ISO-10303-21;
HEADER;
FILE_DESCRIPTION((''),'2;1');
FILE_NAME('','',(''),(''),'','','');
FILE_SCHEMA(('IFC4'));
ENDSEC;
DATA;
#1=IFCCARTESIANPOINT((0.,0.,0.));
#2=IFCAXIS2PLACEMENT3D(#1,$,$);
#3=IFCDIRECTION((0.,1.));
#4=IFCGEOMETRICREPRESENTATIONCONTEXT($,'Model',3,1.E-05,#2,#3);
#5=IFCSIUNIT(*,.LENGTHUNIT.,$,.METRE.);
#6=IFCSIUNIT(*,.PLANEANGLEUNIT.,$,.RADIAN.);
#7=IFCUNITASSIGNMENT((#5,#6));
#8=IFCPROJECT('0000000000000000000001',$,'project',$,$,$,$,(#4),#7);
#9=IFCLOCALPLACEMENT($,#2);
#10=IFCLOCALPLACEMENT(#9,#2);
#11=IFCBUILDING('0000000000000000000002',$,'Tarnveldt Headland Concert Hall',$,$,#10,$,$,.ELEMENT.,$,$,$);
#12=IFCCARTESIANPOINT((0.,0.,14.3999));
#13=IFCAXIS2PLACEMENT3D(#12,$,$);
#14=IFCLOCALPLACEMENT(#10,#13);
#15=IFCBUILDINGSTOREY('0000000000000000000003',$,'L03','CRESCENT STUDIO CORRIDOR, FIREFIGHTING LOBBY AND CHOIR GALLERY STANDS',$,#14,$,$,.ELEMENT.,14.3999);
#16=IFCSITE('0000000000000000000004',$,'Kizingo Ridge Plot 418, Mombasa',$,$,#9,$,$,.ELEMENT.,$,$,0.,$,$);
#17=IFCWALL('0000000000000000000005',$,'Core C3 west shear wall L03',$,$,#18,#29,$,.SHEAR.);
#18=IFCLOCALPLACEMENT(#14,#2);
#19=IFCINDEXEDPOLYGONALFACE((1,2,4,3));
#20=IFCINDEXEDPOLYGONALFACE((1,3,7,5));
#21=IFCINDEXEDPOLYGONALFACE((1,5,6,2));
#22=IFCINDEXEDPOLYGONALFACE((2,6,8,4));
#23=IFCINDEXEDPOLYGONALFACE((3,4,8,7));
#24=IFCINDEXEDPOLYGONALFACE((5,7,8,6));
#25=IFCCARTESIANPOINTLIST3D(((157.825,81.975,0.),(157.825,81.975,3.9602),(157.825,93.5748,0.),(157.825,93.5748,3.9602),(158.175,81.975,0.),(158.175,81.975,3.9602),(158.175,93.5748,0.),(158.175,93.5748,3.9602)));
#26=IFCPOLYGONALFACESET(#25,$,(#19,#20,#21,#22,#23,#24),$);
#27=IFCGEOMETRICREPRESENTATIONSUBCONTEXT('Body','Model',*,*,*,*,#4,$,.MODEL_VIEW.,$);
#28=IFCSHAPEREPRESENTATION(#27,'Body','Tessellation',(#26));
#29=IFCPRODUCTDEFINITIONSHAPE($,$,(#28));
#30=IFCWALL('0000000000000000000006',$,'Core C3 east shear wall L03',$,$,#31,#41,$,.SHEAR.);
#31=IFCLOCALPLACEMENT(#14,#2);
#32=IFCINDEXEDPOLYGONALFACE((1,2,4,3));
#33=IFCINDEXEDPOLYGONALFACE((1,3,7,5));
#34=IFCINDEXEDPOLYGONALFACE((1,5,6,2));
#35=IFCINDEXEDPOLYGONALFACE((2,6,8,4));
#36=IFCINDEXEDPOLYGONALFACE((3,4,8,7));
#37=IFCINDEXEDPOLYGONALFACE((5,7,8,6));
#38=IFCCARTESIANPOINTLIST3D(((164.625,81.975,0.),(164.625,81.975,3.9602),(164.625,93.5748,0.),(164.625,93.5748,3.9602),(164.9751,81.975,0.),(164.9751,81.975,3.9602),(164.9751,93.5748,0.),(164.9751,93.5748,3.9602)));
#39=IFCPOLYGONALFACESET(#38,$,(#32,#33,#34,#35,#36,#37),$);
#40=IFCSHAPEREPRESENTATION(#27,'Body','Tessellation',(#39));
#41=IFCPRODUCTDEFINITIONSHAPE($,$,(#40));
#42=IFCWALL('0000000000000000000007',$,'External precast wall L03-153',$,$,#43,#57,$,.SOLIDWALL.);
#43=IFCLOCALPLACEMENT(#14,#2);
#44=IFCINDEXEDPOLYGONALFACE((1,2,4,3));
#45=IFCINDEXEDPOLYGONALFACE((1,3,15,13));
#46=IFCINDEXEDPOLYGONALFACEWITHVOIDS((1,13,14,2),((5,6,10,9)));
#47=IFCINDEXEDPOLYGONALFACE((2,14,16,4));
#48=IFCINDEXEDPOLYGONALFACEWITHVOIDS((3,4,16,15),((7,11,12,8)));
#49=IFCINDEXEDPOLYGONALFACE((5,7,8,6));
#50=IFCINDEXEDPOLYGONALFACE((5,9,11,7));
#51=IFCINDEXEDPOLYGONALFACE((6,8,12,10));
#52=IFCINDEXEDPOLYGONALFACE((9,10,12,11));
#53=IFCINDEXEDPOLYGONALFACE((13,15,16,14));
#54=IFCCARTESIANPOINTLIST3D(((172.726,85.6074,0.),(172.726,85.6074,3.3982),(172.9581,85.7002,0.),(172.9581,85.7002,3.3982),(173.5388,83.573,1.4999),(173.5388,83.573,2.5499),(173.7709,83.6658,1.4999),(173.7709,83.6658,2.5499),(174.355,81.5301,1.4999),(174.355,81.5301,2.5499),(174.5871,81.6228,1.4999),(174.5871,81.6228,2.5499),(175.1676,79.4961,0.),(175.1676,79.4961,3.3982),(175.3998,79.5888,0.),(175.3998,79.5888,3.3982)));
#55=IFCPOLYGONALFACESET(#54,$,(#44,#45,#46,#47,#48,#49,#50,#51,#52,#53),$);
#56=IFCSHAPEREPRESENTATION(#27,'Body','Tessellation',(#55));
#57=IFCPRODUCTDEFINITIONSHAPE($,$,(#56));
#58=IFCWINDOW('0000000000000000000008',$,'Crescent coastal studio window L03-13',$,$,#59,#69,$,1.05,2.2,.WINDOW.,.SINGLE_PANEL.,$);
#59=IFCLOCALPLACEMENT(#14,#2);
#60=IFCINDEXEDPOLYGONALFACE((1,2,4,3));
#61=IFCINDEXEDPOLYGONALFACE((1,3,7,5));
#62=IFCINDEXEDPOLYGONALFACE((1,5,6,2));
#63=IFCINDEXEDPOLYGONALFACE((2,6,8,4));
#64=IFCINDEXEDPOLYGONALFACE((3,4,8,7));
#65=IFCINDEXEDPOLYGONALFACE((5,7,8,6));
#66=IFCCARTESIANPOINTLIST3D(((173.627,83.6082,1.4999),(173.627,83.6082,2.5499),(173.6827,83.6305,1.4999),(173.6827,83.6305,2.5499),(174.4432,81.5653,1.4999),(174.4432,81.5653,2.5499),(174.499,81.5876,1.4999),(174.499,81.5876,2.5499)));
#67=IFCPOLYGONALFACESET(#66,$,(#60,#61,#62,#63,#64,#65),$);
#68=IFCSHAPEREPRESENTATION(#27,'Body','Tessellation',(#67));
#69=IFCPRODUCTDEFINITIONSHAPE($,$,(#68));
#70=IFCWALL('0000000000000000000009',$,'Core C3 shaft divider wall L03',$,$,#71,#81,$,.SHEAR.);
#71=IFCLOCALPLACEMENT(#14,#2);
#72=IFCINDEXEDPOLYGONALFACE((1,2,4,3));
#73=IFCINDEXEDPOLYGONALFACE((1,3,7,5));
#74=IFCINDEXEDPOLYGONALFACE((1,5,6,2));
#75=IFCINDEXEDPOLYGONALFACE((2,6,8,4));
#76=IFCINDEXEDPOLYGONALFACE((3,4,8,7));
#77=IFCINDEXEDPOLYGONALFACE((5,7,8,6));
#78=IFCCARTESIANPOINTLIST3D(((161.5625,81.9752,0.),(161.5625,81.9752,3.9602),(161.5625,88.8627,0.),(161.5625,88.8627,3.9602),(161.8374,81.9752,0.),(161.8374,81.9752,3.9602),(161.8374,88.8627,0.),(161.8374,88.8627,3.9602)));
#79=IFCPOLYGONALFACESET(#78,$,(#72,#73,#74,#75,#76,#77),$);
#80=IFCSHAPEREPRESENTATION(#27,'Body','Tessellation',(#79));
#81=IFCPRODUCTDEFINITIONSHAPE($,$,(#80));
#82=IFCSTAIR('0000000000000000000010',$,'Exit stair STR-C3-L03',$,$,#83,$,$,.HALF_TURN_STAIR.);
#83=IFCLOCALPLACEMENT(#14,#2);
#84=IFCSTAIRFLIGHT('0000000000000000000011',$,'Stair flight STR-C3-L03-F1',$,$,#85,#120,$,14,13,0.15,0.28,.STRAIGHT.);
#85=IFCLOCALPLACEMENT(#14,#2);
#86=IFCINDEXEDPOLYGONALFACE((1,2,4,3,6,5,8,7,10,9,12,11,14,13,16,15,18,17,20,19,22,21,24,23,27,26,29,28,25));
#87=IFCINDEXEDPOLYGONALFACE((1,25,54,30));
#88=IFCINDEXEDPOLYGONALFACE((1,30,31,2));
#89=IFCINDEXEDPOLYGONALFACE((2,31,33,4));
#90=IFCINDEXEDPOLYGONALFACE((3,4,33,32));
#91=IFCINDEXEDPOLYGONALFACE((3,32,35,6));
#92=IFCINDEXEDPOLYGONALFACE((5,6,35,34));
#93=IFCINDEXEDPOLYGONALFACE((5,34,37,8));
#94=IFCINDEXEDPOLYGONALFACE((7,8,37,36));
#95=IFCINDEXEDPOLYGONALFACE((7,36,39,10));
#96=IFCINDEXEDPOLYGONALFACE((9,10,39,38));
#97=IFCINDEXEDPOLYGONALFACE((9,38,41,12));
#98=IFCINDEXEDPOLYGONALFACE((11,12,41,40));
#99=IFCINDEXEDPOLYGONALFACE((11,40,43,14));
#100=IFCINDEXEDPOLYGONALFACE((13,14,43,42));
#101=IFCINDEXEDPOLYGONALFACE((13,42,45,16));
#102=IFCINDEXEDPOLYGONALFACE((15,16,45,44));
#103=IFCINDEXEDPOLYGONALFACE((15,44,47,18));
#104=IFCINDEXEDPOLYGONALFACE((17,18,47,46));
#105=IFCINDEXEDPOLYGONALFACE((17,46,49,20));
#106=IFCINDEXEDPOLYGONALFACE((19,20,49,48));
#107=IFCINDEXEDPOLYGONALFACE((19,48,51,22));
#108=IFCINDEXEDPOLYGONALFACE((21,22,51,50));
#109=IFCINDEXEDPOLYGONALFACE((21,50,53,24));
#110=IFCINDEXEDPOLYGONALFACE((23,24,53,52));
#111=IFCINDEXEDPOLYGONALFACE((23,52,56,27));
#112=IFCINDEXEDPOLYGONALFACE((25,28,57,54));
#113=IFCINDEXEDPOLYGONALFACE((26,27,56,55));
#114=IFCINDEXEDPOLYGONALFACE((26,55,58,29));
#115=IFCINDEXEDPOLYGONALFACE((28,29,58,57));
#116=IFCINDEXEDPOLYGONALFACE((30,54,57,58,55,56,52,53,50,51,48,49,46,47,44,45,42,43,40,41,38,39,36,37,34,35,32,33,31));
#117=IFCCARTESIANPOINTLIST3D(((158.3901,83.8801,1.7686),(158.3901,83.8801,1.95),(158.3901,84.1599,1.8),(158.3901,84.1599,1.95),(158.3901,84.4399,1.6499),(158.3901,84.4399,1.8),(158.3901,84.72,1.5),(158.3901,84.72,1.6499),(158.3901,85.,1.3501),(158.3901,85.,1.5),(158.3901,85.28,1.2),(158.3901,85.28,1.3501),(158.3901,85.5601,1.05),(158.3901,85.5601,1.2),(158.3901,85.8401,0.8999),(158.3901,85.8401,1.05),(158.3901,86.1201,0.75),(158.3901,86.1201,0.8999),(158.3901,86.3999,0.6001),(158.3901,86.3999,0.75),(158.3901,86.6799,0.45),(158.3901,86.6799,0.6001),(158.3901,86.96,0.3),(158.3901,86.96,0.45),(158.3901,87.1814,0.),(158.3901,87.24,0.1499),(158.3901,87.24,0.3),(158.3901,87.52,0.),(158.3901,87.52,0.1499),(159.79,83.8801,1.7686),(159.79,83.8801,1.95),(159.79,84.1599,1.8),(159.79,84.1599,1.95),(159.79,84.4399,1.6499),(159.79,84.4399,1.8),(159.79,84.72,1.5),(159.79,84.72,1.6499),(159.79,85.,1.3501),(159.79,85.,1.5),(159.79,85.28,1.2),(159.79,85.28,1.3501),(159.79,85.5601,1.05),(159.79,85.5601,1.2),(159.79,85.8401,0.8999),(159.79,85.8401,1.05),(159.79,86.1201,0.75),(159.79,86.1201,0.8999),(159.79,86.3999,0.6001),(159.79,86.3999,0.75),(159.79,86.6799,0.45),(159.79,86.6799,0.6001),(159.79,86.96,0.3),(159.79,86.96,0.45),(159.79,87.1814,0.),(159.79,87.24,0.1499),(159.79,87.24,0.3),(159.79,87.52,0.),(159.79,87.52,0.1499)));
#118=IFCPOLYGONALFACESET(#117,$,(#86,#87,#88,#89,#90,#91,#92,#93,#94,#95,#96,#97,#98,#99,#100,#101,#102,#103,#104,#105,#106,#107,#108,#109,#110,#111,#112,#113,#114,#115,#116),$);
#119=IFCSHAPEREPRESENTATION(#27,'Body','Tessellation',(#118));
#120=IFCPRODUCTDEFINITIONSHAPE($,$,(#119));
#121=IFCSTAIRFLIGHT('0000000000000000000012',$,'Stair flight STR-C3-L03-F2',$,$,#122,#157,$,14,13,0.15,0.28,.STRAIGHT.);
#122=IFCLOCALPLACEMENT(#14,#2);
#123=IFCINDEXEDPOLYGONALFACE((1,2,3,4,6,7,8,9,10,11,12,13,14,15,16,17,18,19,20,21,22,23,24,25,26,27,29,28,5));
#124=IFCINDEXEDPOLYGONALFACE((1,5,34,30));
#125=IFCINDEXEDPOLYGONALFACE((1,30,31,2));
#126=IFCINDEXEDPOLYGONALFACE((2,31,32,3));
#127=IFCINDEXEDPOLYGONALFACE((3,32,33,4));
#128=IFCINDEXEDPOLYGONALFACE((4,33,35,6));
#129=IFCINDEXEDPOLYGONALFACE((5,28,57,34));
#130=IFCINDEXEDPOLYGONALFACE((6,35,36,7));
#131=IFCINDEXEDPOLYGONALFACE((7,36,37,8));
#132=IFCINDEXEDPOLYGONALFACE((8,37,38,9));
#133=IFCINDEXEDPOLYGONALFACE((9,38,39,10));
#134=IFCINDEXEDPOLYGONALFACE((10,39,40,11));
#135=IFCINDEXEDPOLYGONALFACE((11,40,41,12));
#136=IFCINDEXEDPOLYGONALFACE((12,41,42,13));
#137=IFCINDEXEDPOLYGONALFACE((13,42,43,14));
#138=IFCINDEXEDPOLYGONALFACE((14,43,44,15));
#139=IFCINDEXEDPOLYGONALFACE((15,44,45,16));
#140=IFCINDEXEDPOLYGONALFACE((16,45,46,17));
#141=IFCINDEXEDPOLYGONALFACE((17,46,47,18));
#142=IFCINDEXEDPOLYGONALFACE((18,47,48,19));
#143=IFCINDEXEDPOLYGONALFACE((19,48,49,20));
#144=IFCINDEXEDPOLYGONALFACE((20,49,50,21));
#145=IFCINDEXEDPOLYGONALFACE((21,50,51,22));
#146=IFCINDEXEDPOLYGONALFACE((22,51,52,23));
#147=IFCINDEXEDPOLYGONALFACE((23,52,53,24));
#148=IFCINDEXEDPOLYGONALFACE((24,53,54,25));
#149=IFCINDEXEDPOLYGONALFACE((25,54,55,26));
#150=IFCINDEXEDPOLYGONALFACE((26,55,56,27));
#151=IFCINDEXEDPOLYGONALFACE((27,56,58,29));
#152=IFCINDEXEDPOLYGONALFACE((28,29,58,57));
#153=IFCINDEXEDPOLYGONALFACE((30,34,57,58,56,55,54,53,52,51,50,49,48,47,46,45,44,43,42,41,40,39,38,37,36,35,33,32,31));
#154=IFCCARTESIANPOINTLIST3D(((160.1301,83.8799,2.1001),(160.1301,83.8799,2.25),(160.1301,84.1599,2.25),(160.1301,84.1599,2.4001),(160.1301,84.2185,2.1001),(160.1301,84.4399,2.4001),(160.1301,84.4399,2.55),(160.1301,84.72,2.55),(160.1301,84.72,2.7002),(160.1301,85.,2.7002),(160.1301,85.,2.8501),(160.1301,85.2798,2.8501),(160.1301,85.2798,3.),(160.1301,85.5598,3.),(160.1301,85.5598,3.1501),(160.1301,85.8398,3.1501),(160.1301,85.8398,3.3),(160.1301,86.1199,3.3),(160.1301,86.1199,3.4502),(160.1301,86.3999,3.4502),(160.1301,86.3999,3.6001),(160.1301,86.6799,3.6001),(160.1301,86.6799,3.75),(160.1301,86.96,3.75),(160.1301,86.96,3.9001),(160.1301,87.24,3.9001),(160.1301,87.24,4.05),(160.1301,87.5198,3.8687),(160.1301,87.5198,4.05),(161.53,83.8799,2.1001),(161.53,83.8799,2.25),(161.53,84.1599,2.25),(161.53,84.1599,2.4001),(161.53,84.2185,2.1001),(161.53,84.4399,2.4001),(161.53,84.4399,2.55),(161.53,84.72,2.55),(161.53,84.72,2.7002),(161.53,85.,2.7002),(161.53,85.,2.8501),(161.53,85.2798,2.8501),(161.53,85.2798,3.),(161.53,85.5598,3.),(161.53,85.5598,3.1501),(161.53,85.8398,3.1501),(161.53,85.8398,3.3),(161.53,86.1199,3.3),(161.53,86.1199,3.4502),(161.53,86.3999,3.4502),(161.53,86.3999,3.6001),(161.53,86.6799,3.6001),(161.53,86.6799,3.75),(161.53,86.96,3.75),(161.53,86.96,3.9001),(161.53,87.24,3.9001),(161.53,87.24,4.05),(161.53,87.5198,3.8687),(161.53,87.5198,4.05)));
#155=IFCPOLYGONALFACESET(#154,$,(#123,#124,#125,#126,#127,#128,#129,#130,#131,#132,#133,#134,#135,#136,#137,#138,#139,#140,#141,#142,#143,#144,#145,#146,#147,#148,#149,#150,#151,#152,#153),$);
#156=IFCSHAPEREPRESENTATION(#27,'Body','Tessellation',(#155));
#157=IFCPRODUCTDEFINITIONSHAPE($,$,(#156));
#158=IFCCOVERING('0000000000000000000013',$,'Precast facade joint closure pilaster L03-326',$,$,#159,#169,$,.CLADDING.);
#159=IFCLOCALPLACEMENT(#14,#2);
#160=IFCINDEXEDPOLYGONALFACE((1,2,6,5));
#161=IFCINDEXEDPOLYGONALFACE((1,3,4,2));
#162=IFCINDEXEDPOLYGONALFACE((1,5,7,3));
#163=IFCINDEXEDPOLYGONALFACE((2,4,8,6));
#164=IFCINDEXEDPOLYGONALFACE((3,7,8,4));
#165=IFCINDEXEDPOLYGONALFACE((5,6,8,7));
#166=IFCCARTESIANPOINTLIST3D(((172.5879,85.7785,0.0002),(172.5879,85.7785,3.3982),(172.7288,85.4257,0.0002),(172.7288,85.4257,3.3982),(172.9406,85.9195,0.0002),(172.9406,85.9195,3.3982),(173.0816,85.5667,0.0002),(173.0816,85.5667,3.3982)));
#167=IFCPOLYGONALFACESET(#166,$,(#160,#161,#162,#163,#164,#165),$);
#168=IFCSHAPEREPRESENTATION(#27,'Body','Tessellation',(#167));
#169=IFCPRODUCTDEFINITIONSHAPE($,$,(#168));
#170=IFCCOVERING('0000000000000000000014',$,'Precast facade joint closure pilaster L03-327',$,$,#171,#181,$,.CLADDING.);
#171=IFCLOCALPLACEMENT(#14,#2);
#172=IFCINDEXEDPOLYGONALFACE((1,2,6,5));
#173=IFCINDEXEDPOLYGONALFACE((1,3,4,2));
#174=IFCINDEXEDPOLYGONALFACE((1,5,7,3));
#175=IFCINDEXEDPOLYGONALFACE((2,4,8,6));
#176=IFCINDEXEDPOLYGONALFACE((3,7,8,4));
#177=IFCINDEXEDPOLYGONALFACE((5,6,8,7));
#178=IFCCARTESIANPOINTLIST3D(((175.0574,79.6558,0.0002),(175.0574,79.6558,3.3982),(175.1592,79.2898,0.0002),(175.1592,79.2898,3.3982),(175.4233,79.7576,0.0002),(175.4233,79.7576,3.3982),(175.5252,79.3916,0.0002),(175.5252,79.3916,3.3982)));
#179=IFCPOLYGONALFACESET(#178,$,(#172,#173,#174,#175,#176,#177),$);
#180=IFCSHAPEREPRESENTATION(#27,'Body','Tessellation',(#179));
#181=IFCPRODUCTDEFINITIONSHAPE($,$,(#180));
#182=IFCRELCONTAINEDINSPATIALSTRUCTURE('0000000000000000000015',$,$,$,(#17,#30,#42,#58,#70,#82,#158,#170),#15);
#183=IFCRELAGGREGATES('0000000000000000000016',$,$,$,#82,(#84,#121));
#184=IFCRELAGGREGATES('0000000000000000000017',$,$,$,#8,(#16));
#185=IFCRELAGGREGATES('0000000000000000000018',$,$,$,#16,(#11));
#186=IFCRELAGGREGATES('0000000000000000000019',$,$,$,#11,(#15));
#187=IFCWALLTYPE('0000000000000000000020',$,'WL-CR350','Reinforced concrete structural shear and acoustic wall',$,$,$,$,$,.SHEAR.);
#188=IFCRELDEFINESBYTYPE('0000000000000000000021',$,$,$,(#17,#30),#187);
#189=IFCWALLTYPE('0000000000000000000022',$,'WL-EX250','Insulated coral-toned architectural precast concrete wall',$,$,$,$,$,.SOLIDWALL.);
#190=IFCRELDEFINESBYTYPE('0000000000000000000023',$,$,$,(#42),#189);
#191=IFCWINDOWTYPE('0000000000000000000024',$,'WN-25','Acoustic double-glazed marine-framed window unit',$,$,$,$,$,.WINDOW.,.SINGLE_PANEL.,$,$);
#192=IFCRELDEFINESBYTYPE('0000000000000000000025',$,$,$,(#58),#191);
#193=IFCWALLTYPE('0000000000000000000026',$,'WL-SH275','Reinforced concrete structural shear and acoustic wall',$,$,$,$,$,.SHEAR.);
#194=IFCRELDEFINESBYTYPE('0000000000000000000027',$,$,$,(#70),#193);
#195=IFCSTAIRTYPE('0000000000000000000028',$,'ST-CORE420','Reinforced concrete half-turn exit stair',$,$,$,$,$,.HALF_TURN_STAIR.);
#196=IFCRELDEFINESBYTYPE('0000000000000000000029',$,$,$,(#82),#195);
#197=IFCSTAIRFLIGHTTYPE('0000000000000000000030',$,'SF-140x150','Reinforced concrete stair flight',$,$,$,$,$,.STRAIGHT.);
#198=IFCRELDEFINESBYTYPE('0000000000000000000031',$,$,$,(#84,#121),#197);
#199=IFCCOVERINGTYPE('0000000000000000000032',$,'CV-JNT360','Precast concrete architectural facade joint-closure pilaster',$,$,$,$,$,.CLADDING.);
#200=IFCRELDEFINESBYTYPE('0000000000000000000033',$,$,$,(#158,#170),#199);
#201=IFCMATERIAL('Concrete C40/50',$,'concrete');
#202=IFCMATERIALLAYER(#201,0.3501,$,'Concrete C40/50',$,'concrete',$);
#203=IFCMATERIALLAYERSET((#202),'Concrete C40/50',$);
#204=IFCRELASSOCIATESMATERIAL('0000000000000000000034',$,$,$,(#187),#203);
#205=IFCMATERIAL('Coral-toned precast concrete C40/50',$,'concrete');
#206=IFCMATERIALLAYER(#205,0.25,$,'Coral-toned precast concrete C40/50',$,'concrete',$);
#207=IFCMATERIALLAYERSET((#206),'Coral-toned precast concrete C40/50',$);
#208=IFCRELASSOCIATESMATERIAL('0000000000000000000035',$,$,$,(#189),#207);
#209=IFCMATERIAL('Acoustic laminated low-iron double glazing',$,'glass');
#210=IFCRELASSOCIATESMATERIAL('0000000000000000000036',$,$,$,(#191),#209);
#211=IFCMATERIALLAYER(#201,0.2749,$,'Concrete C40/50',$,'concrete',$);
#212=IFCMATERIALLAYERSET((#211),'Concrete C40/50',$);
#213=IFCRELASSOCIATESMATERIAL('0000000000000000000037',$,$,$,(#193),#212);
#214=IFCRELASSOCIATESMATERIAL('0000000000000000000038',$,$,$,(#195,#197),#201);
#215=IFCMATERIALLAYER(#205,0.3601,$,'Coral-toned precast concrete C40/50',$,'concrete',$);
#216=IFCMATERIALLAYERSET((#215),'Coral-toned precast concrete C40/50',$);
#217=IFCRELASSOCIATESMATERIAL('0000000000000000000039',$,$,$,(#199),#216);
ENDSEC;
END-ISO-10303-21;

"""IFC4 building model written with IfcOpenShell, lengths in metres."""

from ifc_helpers import new_model, si_unit, direction, frame, frame_2d, origin, origin_2d, place, context, subcontext, project, spatial, polyline, rectangle, outline, extrude, material, layer, layer_set, type_object, element, fill, aggregate, save


model = new_model("IFC4")

# Units and contexts
model_context = context("Model", 3, precision=1e-05, world=origin(), true_north=direction((0.0, 1.0)))
body_context = subcontext(model_context, "Body", "Model", "MODEL_VIEW")
ifc_project = project(units=[si_unit("LENGTHUNIT", "METRE"), si_unit("PLANEANGLEUNIT", "RADIAN")], contexts=[model_context])

# Site, building, storey
site_placement = place(None, origin())
site = spatial("IfcSite", under=ifc_project, at=site_placement, Name="Kizingo Ridge Plot 418, Mombasa", CompositionType="ELEMENT", RefElevation=0.0)
building_placement = place(site_placement, origin())
building = spatial("IfcBuilding", under=site, at=building_placement, Name="Tarnveldt Headland Concert Hall", CompositionType="ELEMENT")
storey_placement = place(building_placement, frame((0.0, 0.0, 14.3999)))
storey = spatial("IfcBuildingStorey", under=building, at=storey_placement, Name="L03", Description="CRESCENT STUDIO CORRIDOR, FIREFIGHTING LOBBY AND CHOIR GALLERY STANDS", CompositionType="ELEMENT", Elevation=14.3999)

# Shared definitions
ifc_material_1 = material(Name="Acoustic laminated low-iron double glazing", Category="glass")

# Walls
ifc_material_2 = material(Name="Concrete C40/50", Category="concrete")
ifc_layer_1 = layer(ifc_material_2, 0.3501, Name="Concrete C40/50", Category="concrete")
ifc_layer_set_1 = layer_set([ifc_layer_1], Name="Concrete C40/50")
wall_type_1 = type_object("IfcWallType", Name="WL-CR350", Description="Reinforced concrete structural shear and acoustic wall", PredefinedType="SHEAR", material=ifc_layer_set_1)
for number, where, z_axis, x_axis, name in (
    (1, (158.0, 81.9751, 0.0), (0.0, 0.0, 1.0), (0.0, 1.0, 0.0), "Core C3 west shear wall L03"),
    (2, (164.8, 81.9751, 0.0), (0.0, 0.0, 1.0), (0.0, 1.0, 0.0), "Core C3 east shear wall L03"),
):
    element("IfcWall", number, at=place(storey_placement, frame(where, z_axis=z_axis, x_axis=x_axis)), inside=storey, type_object=wall_type_1, Name=name, PredefinedType="SHEAR", context=body_context, shape_type="SweptSolid", body=[
        extrude(rectangle(XDim=11.5999, YDim=0.3501, at=frame_2d((5.7998, 0.0))), origin(), (0.0, 0.0, 1.0), 3.9602),
    ])

# Wall, opening, window
ifc_material_3 = material(Name="Coral-toned precast concrete C40/50", Category="concrete")
ifc_layer_2 = layer(ifc_material_3, 0.25, Name="Coral-toned precast concrete C40/50", Category="concrete")
ifc_layer_set_2 = layer_set([ifc_layer_2], Name="Coral-toned precast concrete C40/50")
wall_type_2 = type_object("IfcWallType", Name="WL-EX250", Description="Insulated coral-toned architectural precast concrete wall", PredefinedType="SOLIDWALL", material=ifc_layer_set_2)
wall_1_placement = place(storey_placement, frame((172.842, 85.6538, 0.0), z_axis=(0.0, 0.0, 1.0), x_axis=(0.371013, -0.928628, 0.0)))
wall_1 = element("IfcWall", 3, at=wall_1_placement, inside=storey, type_object=wall_type_2, Name="External precast wall L03-153", PredefinedType="SOLIDWALL", context=body_context, shape_type="SweptSolid", body=[
    extrude(rectangle(XDim=6.5811, YDim=0.25, at=frame_2d((3.2905, 0.0))), origin(), (0.0, 0.0, 1.0), 3.3982),
])
opening_1_placement = place(wall_1_placement, frame((2.1907, 0.0, 1.5)))
opening_1 = element("IfcOpeningElement", 4, at=opening_1_placement, cuts=wall_1, PredefinedType="OPENING", context=body_context, shape_type="SweptSolid", body=[
    extrude(rectangle(XDim=2.2, YDim=1.05, at=frame_2d((1.1001, 0.5249))), frame((0.0, 0.135, 0.0), z_axis=(0.0, -1.0, 0.0), x_axis=(1.0, 0.0, 0.0)), (0.0, 0.0, 1.0), 0.27),
])
window_type = type_object("IfcWindowType", Name="WN-25", Description="Acoustic double-glazed marine-framed window unit", PartitioningType="SINGLE_PANEL", PredefinedType="WINDOW", material=ifc_material_1)
window_placement = place(opening_1_placement, origin())
window = element("IfcWindow", 5, at=window_placement, inside=storey, type_object=window_type, Name="Crescent coastal studio window L03-13", OverallHeight=1.05, OverallWidth=2.2, PartitioningType="SINGLE_PANEL", PredefinedType="WINDOW", context=body_context, shape_type="SweptSolid", body=[
    extrude(rectangle(XDim=2.2, YDim=1.05, at=frame_2d((1.1001, 0.5249))), frame((0.0, 0.03, 0.0), z_axis=(0.0, -1.0, 0.0), x_axis=(1.0, 0.0, 0.0)), (0.0, 0.0, 1.0), 0.0601),
])
fill(opening_1, window)

# Wall
ifc_layer_3 = layer(ifc_material_2, 0.2749, Name="Concrete C40/50", Category="concrete")
ifc_layer_set_3 = layer_set([ifc_layer_3], Name="Concrete C40/50")
wall_type_3 = type_object("IfcWallType", Name="WL-SH275", Description="Reinforced concrete structural shear and acoustic wall", PredefinedType="SHEAR", material=ifc_layer_set_3)
wall_2_placement = place(storey_placement, frame((161.7, 81.9751, 0.0), z_axis=(0.0, 0.0, 1.0), x_axis=(0.0, 1.0, 0.0)))
element("IfcWall", 6, at=wall_2_placement, inside=storey, type_object=wall_type_3, Name="Core C3 shaft divider wall L03", PredefinedType="SHEAR", context=body_context, shape_type="SweptSolid", body=[
    extrude(rectangle(XDim=6.8875, YDim=0.2749, at=frame_2d((3.4438, 0.0))), origin(), (0.0, 0.0, 1.0), 3.9602),
])

# Stair, stair flights
stair_type = type_object("IfcStairType", Name="ST-CORE420", Description="Reinforced concrete half-turn exit stair", PredefinedType="HALF_TURN_STAIR", material=ifc_material_2)
stair_placement = place(storey_placement, origin())
stair = element("IfcStair", 7, at=stair_placement, inside=storey, type_object=stair_type, Name="Exit stair STR-C3-L03", PredefinedType="HALF_TURN_STAIR")
stair_flight_type = type_object("IfcStairFlightType", Name="SF-140x150", Description="Reinforced concrete stair flight", PredefinedType="STRAIGHT", material=ifc_material_2)
stair_flight_1_placement = place(storey_placement, frame((159.0901, 87.52, 0.0), z_axis=(0.0, 0.0, 1.0), x_axis=(0.0, -1.0, 0.0)))
stair_flight_1 = element("IfcStairFlight", 8, at=stair_flight_1_placement, type_object=stair_flight_type, Name="Stair flight STR-C3-L03-F1", NumberOfRisers=14, NumberOfTreads=13, PredefinedType="STRAIGHT", RiserHeight=0.15, TreadLength=0.28, context=body_context, shape_type="SweptSolid", body=[
    extrude(outline(polyline([(0.0, 0.0), (0.0, 0.1499), (0.28, 0.1499), (0.28, 0.3), (0.5601, 0.3), (0.5601, 0.45), (0.8401, 0.45), (0.8401, 0.6001), (1.1201, 0.6001), (1.1201, 0.75), (1.3999, 0.75), (1.3999, 0.8999), (1.6799, 0.8999), (1.6799, 1.05), (1.96, 1.05), (1.96, 1.2), (2.24, 1.2), (2.24, 1.3501), (2.52, 1.3501), (2.52, 1.5), (2.8, 1.5), (2.8, 1.6499), (3.0801, 1.6499), (3.0801, 1.8), (3.3601, 1.8), (3.3601, 1.95), (3.6399, 1.95), (3.6399, 2.1001), (3.6399, 1.7686), (0.3386, 0.0), (0.0, 0.0)])), frame((0.0, 0.7, 0.0), z_axis=(0.0, -1.0, 0.0), x_axis=(1.0, 0.0, 0.0)), (0.0, 0.0, 1.0), 1.3999),
])
stair_flight_2_placement = place(storey_placement, frame((160.8301, 83.8799, 2.1001), z_axis=(0.0, 0.0, 1.0), x_axis=(0.0, 1.0, 0.0)))
stair_flight_2 = element("IfcStairFlight", 9, at=stair_flight_2_placement, type_object=stair_flight_type, Name="Stair flight STR-C3-L03-F2", NumberOfRisers=14, NumberOfTreads=13, PredefinedType="STRAIGHT", RiserHeight=0.15, TreadLength=0.28, context=body_context, shape_type="SweptSolid", body=[
    extrude(outline(polyline([(0.0, 0.0), (0.0, 0.1499), (0.28, 0.1499), (0.28, 0.3), (0.5601, 0.3), (0.5601, 0.45), (0.8401, 0.45), (0.8401, 0.6001), (1.1201, 0.6001), (1.1201, 0.75), (1.3999, 0.75), (1.3999, 0.8999), (1.6799, 0.8999), (1.6799, 1.05), (1.96, 1.05), (1.96, 1.2), (2.24, 1.2), (2.24, 1.3501), (2.52, 1.3501), (2.52, 1.5), (2.8, 1.5), (2.8, 1.6499), (3.0801, 1.6499), (3.0801, 1.8), (3.3601, 1.8), (3.3601, 1.95), (3.6399, 1.95), (3.6399, 2.1001), (3.6399, 1.7686), (0.3386, 0.0), (0.0, 0.0)])), frame((0.0, 0.7, 0.0), z_axis=(0.0, -1.0, 0.0), x_axis=(1.0, 0.0, 0.0)), (0.0, 0.0, 1.0), 1.3999),
])
aggregate(stair, [stair_flight_1, stair_flight_2])

# Coverings
ifc_layer_4 = layer(ifc_material_3, 0.3601, Name="Coral-toned precast concrete C40/50", Category="concrete")
ifc_layer_set_4 = layer_set([ifc_layer_4], Name="Coral-toned precast concrete C40/50")
covering_type = type_object("IfcCoveringType", Name="CV-JNT360", Description="Precast concrete architectural facade joint-closure pilaster", PredefinedType="CLADDING", material=ifc_layer_set_4)
for number, where, z_axis, x_axis, name in (
    (10, (172.8347, 85.6726, 0.0002), (0.0, 0.0, 1.0), (0.371044, -0.928615, 0.0), "Precast facade joint closure pilaster L03-326"),
    (11, (175.2913, 79.5237, 0.0002), (0.0, 0.0, 1.0), (0.268079, -0.963397, 0.0), "Precast facade joint closure pilaster L03-327"),
):
    element("IfcCovering", number, at=place(storey_placement, frame(where, z_axis=z_axis, x_axis=x_axis)), inside=storey, type_object=covering_type, Name=name, PredefinedType="CLADDING", context=body_context, shape_type="SweptSolid", body=[
        extrude(rectangle(XDim=0.3799, YDim=0.3799, at=origin_2d()), origin(), (0.0, 0.0, 1.0), 3.3979),
    ])

save(model, "model.ifc")
